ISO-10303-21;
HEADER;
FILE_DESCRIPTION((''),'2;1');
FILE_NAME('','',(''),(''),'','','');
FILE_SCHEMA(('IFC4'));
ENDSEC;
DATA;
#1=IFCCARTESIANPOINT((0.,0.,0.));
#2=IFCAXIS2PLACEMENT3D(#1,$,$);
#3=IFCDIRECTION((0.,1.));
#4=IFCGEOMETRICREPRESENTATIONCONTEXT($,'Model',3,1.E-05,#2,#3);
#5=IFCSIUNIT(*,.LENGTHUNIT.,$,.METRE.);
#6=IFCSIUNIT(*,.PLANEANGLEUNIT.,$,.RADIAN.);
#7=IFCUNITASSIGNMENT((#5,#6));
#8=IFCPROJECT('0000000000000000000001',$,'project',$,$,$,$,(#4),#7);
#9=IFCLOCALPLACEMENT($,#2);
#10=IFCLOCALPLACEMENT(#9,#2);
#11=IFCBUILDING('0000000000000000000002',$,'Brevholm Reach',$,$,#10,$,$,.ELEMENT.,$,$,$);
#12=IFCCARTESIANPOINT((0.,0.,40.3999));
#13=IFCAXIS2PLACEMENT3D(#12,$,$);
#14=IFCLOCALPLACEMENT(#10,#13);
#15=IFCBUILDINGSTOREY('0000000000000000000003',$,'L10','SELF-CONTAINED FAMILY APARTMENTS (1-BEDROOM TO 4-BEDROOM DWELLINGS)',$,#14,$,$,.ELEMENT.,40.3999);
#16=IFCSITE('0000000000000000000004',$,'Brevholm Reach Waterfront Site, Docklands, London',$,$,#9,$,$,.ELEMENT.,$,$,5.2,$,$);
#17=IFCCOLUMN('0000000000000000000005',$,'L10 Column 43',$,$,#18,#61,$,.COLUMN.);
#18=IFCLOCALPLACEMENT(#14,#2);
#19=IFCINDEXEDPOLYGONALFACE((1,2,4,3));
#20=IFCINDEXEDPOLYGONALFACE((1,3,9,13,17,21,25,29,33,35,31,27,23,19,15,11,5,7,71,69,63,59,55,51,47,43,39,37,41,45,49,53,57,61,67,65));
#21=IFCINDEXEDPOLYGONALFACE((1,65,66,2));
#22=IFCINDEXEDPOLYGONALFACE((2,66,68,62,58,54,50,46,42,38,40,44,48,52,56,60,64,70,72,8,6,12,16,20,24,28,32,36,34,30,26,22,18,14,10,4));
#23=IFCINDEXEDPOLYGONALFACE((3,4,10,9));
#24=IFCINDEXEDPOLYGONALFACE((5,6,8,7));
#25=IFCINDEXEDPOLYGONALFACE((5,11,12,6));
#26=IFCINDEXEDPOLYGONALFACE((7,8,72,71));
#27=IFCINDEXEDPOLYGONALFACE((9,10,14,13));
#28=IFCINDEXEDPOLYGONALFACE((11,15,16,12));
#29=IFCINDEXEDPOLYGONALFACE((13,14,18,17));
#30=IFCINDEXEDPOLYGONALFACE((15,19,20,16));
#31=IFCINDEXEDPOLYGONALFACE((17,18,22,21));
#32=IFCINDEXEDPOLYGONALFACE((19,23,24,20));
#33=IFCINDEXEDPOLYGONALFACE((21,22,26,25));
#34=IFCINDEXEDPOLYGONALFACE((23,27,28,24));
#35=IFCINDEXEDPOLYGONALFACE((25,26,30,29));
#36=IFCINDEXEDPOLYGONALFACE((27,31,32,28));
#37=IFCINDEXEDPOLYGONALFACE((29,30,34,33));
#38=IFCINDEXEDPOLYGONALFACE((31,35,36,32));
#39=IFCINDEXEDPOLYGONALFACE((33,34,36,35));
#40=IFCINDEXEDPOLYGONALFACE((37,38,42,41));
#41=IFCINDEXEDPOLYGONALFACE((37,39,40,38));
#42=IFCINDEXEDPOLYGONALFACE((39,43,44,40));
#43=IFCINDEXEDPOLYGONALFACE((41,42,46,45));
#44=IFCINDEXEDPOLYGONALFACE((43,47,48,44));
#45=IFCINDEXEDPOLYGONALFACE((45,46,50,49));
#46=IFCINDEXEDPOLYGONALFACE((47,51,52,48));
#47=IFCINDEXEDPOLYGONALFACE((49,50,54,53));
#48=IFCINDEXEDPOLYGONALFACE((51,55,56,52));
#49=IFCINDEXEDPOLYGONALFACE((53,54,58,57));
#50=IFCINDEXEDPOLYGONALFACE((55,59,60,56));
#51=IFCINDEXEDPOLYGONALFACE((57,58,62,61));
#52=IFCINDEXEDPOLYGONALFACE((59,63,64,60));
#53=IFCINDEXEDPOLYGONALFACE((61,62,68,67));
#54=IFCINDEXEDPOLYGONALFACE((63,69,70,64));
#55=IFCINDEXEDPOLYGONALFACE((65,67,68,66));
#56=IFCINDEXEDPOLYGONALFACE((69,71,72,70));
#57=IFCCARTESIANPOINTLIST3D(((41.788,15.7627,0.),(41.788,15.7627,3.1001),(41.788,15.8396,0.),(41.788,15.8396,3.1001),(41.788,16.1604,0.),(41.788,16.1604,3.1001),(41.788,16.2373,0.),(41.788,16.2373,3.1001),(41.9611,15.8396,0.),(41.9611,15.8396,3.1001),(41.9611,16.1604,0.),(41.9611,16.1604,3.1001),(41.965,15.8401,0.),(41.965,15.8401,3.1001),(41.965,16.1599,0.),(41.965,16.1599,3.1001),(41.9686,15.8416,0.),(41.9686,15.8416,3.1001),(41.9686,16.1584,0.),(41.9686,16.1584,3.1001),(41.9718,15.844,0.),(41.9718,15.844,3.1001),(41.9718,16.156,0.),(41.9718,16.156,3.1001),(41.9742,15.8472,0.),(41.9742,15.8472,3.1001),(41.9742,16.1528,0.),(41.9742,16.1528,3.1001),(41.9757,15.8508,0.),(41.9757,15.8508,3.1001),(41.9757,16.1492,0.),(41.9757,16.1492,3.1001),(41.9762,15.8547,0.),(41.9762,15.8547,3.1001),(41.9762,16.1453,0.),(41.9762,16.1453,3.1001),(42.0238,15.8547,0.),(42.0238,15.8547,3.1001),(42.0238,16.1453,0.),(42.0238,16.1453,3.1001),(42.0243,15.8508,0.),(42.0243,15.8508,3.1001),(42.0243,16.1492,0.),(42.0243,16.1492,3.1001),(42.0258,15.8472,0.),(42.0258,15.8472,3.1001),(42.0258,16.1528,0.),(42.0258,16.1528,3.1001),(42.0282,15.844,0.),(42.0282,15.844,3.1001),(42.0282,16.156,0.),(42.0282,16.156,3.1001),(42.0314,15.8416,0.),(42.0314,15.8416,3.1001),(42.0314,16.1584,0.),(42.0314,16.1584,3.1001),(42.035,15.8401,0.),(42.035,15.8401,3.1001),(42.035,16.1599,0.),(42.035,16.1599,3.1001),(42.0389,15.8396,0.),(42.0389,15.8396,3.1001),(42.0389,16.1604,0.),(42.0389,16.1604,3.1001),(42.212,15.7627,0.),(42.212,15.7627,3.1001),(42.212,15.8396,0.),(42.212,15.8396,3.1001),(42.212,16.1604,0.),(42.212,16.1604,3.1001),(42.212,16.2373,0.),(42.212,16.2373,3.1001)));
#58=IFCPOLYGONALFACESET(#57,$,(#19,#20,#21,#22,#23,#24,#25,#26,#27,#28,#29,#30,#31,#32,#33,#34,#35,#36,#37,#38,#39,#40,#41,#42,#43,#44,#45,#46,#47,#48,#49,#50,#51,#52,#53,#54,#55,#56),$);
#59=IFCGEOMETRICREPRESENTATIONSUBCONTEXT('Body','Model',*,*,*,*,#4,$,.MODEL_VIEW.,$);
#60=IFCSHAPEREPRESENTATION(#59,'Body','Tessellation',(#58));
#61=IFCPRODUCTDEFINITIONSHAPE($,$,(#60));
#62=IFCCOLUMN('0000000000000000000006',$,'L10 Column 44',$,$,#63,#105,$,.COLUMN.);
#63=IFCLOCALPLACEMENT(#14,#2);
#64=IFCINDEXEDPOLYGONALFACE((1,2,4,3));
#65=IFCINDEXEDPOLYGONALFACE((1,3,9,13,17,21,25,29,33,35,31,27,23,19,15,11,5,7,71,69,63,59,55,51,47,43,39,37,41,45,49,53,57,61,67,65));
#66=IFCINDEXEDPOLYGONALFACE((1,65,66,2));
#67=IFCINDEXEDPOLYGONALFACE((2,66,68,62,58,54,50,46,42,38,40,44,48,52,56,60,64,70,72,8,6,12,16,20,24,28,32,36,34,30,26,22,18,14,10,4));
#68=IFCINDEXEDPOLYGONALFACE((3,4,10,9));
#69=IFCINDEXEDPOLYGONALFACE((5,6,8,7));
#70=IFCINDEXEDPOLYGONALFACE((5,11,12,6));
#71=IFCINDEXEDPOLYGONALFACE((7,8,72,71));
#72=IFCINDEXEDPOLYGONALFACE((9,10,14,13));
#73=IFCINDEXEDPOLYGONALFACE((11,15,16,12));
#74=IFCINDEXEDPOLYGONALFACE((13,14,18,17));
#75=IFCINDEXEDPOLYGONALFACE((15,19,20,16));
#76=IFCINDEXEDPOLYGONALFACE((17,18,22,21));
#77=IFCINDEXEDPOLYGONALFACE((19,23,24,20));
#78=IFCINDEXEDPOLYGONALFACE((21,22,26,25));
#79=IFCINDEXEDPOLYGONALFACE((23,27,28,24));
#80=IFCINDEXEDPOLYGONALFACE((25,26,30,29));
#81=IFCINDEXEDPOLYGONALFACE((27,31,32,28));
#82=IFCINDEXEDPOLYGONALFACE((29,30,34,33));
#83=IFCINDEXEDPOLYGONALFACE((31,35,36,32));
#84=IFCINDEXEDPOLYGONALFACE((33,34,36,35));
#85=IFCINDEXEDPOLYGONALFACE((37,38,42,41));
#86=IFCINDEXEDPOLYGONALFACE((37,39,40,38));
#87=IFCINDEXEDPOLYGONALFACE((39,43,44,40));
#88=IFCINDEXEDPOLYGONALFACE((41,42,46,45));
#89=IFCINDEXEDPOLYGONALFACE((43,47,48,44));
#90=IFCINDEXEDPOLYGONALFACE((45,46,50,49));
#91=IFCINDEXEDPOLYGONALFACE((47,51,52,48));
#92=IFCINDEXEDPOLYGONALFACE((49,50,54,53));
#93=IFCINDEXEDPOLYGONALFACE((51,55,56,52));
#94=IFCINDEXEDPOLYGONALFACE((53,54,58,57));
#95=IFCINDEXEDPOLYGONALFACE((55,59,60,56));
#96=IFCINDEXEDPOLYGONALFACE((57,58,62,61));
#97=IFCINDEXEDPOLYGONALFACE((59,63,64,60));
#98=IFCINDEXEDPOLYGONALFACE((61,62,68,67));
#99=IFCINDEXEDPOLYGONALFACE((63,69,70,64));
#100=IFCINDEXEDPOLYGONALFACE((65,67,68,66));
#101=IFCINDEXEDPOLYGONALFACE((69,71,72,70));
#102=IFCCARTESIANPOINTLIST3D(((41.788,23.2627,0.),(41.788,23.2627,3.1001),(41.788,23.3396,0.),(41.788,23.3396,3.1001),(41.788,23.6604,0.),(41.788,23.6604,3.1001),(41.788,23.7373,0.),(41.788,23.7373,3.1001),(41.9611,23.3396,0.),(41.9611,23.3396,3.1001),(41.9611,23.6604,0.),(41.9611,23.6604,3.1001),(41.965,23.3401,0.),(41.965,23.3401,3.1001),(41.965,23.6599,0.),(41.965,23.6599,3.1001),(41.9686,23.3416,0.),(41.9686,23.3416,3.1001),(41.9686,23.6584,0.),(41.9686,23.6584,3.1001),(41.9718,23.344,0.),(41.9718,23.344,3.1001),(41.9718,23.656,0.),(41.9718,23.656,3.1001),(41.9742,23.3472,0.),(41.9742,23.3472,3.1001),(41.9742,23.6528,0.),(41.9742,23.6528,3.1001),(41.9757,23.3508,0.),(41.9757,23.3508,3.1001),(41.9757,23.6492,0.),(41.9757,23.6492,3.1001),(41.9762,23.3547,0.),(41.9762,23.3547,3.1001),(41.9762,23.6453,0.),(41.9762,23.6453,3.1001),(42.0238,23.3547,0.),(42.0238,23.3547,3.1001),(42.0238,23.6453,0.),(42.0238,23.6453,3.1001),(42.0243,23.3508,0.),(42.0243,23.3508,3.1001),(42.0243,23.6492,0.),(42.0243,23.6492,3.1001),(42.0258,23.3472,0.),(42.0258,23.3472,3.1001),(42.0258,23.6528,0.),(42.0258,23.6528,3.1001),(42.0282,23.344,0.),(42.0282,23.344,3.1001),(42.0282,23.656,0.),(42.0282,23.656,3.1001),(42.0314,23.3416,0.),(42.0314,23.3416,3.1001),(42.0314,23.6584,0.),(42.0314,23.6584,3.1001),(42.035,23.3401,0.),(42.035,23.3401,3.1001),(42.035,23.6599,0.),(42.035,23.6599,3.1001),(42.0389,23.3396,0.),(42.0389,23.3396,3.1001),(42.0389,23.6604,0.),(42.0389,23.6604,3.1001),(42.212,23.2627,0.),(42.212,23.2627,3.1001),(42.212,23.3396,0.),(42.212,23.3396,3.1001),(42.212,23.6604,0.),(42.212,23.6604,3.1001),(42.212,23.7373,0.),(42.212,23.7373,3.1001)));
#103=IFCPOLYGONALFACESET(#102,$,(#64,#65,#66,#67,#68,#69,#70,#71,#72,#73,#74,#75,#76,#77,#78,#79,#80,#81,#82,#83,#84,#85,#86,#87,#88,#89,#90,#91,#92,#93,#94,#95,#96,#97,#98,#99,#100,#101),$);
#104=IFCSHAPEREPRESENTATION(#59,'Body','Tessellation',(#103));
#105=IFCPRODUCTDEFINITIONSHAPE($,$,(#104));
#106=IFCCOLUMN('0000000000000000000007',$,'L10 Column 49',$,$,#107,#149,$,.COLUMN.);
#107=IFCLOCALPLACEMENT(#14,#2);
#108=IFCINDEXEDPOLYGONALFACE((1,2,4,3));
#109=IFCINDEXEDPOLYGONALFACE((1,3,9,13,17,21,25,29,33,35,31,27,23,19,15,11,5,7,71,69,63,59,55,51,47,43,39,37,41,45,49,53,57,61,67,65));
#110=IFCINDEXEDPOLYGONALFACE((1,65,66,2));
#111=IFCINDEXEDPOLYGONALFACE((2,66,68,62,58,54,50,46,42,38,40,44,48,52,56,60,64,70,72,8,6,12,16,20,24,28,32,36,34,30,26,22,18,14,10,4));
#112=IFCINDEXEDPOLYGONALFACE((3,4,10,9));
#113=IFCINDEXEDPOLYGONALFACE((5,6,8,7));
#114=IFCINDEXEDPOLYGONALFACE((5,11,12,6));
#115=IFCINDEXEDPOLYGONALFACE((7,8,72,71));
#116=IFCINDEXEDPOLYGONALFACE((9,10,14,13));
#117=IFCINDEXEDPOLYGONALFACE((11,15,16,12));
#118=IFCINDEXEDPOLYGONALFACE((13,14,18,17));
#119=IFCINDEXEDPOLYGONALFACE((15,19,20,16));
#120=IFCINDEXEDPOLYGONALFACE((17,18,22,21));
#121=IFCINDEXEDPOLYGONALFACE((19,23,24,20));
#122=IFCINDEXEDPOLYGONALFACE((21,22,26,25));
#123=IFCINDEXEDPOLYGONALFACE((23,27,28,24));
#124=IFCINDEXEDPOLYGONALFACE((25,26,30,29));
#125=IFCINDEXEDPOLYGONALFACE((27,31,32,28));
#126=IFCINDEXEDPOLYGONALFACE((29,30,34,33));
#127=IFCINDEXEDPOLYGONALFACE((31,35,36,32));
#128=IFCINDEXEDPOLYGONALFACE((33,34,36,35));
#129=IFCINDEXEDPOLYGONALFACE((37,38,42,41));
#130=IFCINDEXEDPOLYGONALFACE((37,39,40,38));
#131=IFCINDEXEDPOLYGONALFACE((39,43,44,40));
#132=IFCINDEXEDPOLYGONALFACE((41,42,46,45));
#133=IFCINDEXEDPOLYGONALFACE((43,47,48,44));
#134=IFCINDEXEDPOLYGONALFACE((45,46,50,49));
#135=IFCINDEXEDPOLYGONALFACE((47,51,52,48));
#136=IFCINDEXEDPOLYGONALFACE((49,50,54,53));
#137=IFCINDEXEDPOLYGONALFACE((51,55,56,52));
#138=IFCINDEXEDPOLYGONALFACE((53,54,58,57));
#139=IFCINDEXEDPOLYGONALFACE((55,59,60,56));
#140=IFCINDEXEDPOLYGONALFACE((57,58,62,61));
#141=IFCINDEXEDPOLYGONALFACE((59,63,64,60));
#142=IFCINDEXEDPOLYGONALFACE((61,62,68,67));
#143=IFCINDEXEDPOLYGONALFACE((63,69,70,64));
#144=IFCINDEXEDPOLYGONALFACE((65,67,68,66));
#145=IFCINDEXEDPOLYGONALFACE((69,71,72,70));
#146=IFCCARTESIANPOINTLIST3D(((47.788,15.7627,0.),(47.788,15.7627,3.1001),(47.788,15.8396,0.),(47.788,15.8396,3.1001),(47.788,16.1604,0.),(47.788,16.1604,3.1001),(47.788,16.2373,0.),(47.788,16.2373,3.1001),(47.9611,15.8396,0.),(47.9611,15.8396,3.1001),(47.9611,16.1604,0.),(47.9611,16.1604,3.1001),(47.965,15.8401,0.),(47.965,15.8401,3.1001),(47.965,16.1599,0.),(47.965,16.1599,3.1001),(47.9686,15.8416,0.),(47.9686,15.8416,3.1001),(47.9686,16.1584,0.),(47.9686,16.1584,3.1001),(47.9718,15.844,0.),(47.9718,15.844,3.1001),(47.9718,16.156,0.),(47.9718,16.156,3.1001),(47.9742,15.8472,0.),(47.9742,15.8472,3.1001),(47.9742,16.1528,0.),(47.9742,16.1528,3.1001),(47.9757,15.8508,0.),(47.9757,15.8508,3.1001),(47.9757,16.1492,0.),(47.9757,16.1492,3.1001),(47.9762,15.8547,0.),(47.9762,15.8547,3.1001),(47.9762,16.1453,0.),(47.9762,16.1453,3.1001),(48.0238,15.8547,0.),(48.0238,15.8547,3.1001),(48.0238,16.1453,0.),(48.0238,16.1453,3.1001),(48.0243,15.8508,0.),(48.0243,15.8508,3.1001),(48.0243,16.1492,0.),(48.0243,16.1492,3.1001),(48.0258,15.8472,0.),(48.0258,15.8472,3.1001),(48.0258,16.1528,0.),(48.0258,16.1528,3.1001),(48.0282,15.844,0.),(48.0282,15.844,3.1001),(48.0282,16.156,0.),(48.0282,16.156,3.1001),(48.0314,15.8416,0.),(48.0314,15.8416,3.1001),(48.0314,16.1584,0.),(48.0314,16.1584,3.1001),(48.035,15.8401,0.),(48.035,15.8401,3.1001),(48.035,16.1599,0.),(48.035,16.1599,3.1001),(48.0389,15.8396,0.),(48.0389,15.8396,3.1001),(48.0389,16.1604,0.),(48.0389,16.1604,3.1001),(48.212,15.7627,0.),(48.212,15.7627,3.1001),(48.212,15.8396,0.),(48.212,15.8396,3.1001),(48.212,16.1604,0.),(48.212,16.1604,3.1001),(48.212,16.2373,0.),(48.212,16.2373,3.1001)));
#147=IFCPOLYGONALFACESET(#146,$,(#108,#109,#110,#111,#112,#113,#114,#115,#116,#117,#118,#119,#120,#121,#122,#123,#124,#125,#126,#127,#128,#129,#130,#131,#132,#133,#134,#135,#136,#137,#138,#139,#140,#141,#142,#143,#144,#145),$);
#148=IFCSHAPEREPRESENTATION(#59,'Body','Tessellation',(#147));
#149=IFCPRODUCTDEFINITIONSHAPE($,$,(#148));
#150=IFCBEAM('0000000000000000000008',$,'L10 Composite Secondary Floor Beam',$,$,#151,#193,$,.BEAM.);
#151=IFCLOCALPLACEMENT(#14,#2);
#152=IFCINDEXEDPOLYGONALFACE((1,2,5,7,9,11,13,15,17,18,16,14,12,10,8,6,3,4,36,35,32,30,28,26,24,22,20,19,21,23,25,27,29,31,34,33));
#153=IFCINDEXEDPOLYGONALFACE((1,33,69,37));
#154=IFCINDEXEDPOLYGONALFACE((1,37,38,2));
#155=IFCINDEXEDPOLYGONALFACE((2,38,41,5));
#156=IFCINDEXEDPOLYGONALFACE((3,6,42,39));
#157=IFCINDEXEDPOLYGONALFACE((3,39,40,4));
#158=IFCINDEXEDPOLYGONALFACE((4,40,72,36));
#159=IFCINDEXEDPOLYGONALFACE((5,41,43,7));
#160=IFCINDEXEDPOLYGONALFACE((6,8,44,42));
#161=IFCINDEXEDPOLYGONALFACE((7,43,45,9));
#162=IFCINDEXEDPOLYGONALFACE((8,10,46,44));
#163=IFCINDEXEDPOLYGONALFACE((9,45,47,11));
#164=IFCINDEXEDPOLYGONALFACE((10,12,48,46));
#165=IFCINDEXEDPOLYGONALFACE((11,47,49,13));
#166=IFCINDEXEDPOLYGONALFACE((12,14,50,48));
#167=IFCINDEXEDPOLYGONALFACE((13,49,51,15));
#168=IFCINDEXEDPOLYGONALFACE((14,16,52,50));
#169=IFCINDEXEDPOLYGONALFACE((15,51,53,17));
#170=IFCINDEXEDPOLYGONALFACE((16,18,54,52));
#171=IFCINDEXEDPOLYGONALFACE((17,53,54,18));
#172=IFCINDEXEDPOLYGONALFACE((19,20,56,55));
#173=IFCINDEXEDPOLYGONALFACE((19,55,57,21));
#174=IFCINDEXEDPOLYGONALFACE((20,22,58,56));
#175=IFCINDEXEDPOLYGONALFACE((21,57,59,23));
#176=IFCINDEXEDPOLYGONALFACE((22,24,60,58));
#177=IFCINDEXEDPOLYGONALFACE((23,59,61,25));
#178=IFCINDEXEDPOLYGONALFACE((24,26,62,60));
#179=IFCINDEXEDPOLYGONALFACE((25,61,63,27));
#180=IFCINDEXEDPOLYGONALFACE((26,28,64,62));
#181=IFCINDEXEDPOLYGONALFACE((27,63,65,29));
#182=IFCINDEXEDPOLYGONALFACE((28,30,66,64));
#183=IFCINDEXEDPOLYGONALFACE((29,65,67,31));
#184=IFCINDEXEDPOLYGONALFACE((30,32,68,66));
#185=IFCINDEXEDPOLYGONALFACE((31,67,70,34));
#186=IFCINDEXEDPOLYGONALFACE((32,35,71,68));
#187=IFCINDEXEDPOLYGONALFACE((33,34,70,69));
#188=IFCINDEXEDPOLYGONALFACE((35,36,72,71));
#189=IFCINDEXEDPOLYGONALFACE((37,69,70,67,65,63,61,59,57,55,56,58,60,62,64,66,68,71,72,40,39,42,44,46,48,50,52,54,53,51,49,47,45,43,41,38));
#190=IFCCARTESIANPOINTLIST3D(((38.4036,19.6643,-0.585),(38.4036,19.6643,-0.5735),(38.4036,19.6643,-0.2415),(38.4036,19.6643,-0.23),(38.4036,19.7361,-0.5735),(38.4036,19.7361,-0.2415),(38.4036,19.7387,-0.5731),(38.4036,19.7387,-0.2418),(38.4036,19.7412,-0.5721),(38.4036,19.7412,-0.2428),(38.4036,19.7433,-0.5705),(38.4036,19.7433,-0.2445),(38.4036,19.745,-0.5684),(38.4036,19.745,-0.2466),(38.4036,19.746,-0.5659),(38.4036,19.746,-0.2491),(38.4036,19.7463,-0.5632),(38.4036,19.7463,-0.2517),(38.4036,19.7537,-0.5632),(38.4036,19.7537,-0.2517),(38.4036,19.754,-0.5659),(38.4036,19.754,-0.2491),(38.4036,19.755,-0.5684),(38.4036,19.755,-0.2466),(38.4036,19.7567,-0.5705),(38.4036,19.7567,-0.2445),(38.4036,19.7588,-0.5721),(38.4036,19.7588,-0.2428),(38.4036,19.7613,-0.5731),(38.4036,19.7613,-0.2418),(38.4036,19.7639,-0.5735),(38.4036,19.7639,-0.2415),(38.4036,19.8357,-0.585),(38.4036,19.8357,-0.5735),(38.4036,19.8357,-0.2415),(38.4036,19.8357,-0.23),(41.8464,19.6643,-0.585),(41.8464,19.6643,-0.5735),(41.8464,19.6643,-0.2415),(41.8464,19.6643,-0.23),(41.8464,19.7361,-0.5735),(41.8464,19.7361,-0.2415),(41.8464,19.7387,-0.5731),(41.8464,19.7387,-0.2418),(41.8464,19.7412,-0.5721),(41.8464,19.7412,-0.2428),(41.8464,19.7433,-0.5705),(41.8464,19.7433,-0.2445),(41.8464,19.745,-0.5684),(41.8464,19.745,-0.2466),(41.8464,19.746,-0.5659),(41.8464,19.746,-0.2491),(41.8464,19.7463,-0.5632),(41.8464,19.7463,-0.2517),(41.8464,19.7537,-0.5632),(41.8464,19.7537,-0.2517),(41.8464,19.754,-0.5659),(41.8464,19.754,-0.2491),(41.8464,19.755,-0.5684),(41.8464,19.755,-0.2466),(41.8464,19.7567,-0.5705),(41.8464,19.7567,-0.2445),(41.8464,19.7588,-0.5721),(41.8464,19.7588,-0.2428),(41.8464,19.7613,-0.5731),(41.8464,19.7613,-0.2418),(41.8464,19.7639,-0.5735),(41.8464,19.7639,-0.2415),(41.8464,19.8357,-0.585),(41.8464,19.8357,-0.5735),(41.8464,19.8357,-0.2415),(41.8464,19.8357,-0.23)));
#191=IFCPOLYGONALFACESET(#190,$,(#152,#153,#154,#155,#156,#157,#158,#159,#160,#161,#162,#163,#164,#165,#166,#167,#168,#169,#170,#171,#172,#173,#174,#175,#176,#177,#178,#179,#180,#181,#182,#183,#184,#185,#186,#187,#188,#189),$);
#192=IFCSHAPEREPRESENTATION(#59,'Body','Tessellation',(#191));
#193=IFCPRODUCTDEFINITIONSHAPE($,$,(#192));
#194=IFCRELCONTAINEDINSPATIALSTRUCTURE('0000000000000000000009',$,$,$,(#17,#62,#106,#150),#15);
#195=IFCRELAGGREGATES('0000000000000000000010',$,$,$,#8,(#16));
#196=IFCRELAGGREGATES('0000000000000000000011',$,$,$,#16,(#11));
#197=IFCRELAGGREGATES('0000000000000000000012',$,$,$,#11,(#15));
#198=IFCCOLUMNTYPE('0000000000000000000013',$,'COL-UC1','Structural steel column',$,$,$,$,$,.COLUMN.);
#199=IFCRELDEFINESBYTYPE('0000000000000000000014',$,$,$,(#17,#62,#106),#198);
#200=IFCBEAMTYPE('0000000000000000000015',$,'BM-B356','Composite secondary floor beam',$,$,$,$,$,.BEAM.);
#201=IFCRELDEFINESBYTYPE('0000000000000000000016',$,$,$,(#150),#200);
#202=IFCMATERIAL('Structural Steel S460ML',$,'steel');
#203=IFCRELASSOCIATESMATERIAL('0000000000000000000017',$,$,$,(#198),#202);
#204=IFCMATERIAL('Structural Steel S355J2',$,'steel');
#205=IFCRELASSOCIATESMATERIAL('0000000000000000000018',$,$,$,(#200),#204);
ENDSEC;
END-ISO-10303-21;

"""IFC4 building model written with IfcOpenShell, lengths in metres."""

from ifc_helpers import new_model, si_unit, direction, frame, origin, origin_2d, place, context, subcontext, project, spatial, i_section, extrude, material, material_profile, profile_set, type_object, element, save


model = new_model("IFC4")

# Units and contexts
model_context = context("Model", 3, precision=1e-05, world=origin(), true_north=direction((0.0, 1.0)))
body_context = subcontext(model_context, "Body", "Model", "MODEL_VIEW")
ifc_project = project(units=[si_unit("LENGTHUNIT", "METRE"), si_unit("PLANEANGLEUNIT", "RADIAN")], contexts=[model_context])

# Site, building, storey
site_placement = place(None, origin())
site = spatial("IfcSite", under=ifc_project, at=site_placement, Name="Brevholm Reach Waterfront Site, Docklands, London", CompositionType="ELEMENT", RefElevation=5.2)
building_placement = place(site_placement, origin())
building = spatial("IfcBuilding", under=site, at=building_placement, Name="Brevholm Reach", CompositionType="ELEMENT")
storey_placement = place(building_placement, frame((0.0, 0.0, 40.3999)))
storey = spatial("IfcBuildingStorey", under=building, at=storey_placement, Name="L10", Description="SELF-CONTAINED FAMILY APARTMENTS (1-BEDROOM TO 4-BEDROOM DWELLINGS)", CompositionType="ELEMENT", Elevation=40.3999)

# Columns
ifc_material_1 = material(Name="Structural Steel S460ML", Category="steel")
ifc_material_profile_1 = material_profile(ifc_material_1, i_section(OverallWidth=0.4241, OverallDepth=0.4746, WebThickness=0.0476, FlangeThickness=0.0769, FilletRadius=0.0151, at=origin_2d()), Name="UKC 356x406x634")
ifc_profile_set_1 = profile_set([ifc_material_profile_1], Name="Structural Steel S460ML")
column_type = type_object("IfcColumnType", Name="COL-UC1", Description="Structural steel column", PredefinedType="COLUMN", material=ifc_profile_set_1)
for number, where, z_axis, x_axis, name in (
    (1, (42.0, 16.0, 0.0), (0.0, 0.0, 1.0), (1.0, 0.0, 0.0), "L10 Column 43"),
    (2, (42.0, 23.5, 0.0), (0.0, 0.0, 1.0), (1.0, 0.0, 0.0), "L10 Column 44"),
    (3, (48.0, 16.0, 0.0), (0.0, 0.0, 1.0), (1.0, 0.0, 0.0), "L10 Column 49"),
):
    element("IfcColumn", number, at=place(storey_placement, frame(where, z_axis=z_axis, x_axis=x_axis)), inside=storey, type_object=column_type, Name=name, PredefinedType="COLUMN", context=body_context, shape_type="SweptSolid", body=[
        extrude(i_section(OverallWidth=0.4241, OverallDepth=0.4746, WebThickness=0.0476, FlangeThickness=0.0769, FilletRadius=0.0151, at=origin_2d()), origin(), (0.0, 0.0, 1.0), 3.1001),
    ])

# Beam
ifc_material_2 = material(Name="Structural Steel S355J2", Category="steel")
ifc_material_profile_2 = material_profile(ifc_material_2, i_section(OverallWidth=0.1714, OverallDepth=0.355, WebThickness=0.0073, FlangeThickness=0.0115, FilletRadius=0.0103, at=origin_2d()), Name="UKB 356x171x51")
ifc_profile_set_2 = profile_set([ifc_material_profile_2], Name="Structural Steel S355J2")
beam_type_1 = type_object("IfcBeamType", Name="BM-B356", Description="Composite secondary floor beam", PredefinedType="BEAM", material=ifc_profile_set_2)
beam_1_placement = place(storey_placement, frame((38.4036, 19.75, -0.4075), z_axis=(1.0, 0.0, 0.0), x_axis=(0.0, 1.0, 0.0)))
element("IfcBeam", 4, at=beam_1_placement, inside=storey, type_object=beam_type_1, Name="L10 Composite Secondary Floor Beam", PredefinedType="BEAM", context=body_context, shape_type="SweptSolid", body=[
    extrude(i_section(OverallWidth=0.1714, OverallDepth=0.355, WebThickness=0.0073, FlangeThickness=0.0115, FilletRadius=0.0103, at=origin_2d()), origin(), (0.0, 0.0, 1.0), 3.4429),
])

save(model, "model.ifc")
